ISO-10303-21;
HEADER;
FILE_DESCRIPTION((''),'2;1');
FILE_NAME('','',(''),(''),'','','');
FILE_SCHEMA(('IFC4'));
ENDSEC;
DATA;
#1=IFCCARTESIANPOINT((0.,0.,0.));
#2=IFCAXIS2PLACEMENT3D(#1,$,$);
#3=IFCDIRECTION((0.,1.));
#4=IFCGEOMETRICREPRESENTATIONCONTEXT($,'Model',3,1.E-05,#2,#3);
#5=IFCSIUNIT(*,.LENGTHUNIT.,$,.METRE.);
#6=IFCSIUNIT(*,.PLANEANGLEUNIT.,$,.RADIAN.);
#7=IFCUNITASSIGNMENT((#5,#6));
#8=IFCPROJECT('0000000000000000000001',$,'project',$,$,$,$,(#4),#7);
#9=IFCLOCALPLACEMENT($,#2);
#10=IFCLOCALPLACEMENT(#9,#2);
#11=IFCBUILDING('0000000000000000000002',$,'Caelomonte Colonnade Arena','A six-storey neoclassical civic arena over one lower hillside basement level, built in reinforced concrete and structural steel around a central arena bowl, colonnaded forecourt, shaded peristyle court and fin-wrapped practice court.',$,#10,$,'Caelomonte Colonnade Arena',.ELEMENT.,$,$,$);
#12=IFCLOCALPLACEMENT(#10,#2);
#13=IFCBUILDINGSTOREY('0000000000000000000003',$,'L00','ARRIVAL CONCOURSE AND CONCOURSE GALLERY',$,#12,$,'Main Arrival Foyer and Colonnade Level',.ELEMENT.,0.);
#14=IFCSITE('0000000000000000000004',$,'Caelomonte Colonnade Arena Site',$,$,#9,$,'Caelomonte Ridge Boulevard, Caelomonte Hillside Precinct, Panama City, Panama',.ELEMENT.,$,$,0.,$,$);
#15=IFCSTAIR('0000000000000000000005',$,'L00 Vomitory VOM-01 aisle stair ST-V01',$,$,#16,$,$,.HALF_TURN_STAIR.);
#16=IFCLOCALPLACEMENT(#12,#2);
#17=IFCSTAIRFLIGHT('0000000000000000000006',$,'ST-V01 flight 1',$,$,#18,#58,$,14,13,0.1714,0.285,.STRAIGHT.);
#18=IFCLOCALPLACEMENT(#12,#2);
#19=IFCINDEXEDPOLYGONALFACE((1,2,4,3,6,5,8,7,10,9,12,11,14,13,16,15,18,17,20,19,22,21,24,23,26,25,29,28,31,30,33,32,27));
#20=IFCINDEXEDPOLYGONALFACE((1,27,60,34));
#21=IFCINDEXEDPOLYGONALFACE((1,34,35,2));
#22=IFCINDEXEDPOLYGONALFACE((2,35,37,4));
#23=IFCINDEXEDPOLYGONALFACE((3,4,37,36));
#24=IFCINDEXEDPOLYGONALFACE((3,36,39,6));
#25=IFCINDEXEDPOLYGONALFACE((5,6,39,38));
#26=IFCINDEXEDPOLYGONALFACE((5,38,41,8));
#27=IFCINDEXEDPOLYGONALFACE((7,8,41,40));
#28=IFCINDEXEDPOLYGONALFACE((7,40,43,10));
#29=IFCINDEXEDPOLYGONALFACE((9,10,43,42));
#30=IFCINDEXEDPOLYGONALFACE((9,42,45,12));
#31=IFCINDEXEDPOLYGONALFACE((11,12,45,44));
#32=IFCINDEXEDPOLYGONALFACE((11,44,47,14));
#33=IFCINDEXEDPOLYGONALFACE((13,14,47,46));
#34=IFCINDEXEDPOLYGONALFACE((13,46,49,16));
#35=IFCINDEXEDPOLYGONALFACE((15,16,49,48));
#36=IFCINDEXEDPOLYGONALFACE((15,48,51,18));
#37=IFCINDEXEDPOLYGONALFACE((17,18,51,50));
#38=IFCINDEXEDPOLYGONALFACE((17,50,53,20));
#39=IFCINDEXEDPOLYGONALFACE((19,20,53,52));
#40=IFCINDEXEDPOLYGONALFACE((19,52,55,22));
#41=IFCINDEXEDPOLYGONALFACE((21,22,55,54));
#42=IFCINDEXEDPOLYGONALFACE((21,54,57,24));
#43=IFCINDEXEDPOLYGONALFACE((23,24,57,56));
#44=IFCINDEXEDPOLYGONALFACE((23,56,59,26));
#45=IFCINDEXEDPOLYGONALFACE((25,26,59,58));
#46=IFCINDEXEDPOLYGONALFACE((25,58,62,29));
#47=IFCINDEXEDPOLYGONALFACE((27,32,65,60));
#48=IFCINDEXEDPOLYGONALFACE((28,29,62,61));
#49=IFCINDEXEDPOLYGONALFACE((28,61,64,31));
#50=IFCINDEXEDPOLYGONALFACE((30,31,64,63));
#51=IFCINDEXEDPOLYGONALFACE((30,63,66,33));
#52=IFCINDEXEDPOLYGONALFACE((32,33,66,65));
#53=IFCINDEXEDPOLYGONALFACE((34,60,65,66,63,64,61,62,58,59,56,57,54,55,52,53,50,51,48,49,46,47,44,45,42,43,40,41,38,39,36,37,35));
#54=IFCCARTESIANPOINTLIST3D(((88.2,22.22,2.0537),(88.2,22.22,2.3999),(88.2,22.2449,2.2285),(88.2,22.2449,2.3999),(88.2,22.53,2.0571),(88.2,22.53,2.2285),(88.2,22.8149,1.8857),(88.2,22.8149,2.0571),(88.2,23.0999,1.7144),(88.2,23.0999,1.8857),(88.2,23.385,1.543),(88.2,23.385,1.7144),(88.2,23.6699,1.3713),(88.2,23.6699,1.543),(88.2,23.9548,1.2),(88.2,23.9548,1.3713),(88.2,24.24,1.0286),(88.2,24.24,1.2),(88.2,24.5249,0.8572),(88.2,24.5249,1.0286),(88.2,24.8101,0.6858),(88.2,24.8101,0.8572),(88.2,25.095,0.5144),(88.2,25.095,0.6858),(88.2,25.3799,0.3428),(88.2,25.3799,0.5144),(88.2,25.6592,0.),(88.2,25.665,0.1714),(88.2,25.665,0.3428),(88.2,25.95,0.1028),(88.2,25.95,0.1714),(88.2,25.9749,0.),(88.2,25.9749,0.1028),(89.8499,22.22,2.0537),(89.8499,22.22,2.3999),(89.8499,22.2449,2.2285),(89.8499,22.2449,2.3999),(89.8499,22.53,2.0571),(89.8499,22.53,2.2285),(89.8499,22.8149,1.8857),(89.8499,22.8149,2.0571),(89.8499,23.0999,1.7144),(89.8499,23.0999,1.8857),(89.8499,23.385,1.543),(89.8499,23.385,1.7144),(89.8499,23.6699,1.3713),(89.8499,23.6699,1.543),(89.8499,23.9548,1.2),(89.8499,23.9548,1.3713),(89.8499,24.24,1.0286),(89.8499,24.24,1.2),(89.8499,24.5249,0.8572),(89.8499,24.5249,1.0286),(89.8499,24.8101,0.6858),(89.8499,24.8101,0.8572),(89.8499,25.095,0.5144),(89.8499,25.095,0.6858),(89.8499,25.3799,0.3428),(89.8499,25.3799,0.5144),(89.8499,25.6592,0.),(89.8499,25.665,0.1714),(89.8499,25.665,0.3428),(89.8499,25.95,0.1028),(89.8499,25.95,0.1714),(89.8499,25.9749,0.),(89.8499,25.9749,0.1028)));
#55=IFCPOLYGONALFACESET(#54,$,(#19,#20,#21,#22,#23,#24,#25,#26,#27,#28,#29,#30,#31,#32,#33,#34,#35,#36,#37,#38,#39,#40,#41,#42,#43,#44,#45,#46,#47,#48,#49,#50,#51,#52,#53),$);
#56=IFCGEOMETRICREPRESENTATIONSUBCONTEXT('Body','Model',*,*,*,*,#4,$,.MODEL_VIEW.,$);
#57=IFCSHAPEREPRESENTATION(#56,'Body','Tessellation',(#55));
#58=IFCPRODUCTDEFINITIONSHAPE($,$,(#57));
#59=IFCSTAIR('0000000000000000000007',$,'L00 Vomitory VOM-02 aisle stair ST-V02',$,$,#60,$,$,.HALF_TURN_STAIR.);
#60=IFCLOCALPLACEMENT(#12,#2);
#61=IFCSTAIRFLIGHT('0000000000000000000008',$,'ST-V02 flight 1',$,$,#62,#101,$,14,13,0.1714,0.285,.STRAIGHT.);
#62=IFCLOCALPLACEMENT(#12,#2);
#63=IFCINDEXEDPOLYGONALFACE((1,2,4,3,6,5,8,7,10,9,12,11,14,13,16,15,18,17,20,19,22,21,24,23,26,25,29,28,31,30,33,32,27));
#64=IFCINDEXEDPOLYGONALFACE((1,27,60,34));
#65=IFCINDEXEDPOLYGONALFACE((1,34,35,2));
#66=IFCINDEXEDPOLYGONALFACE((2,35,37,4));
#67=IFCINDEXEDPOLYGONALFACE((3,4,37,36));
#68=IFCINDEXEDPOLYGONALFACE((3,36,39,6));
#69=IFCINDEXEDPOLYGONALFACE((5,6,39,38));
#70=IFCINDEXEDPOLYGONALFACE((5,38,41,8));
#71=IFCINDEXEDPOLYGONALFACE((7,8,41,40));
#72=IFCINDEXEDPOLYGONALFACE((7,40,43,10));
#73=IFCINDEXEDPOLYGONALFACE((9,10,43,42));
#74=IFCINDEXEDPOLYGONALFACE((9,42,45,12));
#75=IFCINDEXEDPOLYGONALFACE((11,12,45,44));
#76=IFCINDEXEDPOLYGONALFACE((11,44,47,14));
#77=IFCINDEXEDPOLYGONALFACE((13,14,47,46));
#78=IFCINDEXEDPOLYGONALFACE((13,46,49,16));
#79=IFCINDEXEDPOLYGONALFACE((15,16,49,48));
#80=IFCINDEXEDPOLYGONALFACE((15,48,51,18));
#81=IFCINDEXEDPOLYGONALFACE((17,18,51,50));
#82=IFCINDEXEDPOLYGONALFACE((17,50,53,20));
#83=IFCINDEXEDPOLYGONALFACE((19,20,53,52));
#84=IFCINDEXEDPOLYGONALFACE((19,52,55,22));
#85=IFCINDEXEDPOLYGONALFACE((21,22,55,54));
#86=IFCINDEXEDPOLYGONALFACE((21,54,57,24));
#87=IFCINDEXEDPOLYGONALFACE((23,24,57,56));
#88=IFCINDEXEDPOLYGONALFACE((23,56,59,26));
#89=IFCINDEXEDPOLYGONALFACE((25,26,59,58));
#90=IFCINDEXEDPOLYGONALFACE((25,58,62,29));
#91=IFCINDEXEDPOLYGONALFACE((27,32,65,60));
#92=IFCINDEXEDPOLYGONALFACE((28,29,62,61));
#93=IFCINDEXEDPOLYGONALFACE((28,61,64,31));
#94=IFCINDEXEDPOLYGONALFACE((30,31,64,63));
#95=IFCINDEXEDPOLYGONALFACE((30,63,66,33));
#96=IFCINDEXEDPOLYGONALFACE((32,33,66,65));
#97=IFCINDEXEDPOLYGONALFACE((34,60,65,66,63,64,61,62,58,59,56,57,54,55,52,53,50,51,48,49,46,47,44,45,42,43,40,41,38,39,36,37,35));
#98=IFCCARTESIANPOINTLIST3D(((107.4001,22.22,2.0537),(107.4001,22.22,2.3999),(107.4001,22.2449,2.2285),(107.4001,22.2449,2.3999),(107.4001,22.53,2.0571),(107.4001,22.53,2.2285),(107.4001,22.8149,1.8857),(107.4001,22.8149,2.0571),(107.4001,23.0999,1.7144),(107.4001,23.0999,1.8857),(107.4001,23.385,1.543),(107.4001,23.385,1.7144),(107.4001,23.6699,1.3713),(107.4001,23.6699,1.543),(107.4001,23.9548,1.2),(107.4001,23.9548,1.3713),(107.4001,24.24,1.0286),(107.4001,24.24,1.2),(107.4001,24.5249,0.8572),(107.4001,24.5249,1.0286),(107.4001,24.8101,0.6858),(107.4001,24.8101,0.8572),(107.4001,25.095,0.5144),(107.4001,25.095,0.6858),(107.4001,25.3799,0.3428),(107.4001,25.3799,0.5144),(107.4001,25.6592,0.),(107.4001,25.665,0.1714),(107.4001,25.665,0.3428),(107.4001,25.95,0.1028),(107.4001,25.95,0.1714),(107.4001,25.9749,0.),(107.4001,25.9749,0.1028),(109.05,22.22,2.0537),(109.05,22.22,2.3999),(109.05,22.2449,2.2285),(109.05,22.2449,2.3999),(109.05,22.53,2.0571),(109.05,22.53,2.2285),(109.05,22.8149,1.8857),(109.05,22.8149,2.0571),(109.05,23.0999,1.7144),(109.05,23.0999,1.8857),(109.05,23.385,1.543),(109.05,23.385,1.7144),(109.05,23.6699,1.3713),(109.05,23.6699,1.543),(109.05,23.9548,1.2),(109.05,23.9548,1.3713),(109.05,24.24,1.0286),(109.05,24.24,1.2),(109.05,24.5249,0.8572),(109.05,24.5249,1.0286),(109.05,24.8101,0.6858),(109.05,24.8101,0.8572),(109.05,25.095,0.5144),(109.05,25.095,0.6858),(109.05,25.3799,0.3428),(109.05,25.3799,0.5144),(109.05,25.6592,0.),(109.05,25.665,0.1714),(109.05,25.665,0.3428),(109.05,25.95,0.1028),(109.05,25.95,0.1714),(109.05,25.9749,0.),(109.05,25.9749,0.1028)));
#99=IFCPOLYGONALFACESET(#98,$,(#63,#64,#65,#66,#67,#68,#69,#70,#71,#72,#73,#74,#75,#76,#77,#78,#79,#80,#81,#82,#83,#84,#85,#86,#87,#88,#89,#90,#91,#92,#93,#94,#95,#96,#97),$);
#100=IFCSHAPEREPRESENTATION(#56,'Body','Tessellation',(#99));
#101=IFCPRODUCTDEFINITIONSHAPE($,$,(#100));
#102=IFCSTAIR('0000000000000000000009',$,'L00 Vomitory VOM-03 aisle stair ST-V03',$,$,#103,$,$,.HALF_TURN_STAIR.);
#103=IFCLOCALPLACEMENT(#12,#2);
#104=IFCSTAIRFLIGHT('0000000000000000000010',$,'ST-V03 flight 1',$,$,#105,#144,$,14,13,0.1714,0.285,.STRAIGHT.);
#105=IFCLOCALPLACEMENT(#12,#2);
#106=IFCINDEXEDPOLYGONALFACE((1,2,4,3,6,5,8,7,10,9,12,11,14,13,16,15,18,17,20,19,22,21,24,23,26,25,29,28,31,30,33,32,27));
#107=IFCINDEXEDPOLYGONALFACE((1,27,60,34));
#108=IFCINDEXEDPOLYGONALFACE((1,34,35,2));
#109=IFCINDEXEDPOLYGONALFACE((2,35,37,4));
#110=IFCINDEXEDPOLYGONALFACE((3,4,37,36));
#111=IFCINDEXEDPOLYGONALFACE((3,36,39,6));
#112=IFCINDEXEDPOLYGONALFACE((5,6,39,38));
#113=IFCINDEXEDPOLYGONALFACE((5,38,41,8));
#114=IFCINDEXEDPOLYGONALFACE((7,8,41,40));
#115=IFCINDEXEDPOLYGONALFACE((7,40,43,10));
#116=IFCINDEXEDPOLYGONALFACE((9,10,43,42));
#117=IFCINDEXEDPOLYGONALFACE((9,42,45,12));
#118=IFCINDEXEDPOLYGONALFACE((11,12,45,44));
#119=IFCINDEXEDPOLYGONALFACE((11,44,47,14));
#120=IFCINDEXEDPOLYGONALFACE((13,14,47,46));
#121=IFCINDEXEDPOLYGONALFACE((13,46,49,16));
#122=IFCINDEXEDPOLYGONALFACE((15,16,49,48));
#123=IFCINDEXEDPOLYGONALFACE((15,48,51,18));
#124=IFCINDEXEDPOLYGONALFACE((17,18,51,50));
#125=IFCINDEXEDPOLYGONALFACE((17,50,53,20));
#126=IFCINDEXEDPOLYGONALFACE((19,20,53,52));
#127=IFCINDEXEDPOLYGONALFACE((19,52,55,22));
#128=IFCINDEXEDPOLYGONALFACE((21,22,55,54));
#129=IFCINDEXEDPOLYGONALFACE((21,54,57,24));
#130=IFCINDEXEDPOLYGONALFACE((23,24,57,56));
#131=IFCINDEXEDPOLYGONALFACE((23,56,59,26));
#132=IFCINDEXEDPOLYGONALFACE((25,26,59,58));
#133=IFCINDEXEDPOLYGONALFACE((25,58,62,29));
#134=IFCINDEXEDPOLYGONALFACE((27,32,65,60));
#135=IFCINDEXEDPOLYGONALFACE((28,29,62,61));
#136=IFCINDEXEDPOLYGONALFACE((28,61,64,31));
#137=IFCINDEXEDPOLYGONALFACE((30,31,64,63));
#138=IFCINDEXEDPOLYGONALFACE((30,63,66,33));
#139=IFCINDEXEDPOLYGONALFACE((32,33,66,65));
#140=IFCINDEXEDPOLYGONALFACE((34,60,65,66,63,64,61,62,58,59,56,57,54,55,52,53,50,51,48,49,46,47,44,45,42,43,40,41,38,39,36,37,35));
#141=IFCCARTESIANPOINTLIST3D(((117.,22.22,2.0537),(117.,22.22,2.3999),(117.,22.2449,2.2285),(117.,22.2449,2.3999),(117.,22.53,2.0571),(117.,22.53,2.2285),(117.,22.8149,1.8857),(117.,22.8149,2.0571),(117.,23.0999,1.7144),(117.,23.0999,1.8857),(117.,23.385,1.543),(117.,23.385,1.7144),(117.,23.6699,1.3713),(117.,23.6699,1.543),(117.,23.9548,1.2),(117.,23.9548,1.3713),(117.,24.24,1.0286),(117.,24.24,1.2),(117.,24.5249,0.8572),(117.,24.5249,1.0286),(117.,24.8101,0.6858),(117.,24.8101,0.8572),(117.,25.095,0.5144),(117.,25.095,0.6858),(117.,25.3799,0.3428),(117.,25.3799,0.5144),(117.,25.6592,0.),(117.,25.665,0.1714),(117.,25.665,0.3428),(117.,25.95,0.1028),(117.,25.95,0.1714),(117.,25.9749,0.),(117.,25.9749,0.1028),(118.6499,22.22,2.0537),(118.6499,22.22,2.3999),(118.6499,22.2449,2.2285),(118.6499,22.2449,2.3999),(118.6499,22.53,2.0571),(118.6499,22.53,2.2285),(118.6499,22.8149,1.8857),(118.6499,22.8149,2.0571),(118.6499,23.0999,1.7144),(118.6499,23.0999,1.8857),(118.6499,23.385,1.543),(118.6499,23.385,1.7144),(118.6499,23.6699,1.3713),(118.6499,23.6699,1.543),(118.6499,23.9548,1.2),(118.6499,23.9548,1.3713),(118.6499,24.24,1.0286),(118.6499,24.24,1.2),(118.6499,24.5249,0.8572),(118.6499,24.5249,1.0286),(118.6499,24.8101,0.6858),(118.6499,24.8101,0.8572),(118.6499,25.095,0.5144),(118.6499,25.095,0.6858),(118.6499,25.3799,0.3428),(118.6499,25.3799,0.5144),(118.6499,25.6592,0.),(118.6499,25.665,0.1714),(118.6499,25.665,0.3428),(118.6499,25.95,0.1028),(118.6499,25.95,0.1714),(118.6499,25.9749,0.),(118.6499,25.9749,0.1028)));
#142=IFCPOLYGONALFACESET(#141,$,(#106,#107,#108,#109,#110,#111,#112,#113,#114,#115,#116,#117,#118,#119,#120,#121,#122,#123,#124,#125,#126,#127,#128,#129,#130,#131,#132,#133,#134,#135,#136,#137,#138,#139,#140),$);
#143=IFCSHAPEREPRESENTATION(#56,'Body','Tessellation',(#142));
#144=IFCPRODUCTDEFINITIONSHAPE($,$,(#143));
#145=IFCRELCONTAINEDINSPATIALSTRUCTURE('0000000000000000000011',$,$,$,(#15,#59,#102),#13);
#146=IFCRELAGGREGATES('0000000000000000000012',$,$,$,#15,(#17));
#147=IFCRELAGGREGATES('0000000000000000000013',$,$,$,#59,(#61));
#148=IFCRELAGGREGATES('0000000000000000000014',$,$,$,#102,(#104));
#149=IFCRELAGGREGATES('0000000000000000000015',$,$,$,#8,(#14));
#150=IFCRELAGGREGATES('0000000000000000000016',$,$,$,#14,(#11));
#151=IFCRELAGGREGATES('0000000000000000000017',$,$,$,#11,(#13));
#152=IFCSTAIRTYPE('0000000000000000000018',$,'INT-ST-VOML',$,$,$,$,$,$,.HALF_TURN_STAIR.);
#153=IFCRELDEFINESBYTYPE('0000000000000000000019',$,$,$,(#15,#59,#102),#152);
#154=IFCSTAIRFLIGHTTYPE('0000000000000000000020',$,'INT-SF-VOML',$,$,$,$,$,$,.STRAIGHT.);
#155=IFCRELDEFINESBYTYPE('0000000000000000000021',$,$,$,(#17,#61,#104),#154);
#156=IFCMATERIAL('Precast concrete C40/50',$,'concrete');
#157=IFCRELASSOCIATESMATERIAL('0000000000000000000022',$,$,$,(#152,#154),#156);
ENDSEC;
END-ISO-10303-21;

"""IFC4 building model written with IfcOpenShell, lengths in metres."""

from ifc_helpers import new_model, si_unit, direction, frame, origin, place, context, subcontext, project, spatial, polyline, outline, extrude, material, type_object, element, aggregate, save


model = new_model("IFC4")

# Units and contexts
model_context = context("Model", 3, precision=1e-05, world=origin(), true_north=direction((0.0, 1.0)))
body_context = subcontext(model_context, "Body", "Model", "MODEL_VIEW")
ifc_project = project(units=[si_unit("LENGTHUNIT", "METRE"), si_unit("PLANEANGLEUNIT", "RADIAN")], contexts=[model_context])

# Site, building, storey
site_placement = place(None, origin())
site = spatial("IfcSite", under=ifc_project, at=site_placement, Name="Caelomonte Colonnade Arena Site", LongName="Caelomonte Ridge Boulevard, Caelomonte Hillside Precinct, Panama City, Panama", CompositionType="ELEMENT", RefElevation=0.0)
building_placement = place(site_placement, origin())
building = spatial("IfcBuilding", under=site, at=building_placement, Name="Caelomonte Colonnade Arena", Description="A six-storey neoclassical civic arena over one lower hillside basement level, built in reinforced concrete and structural steel around a central arena bowl, colonnaded forecourt, shaded peristyle court and fin-wrapped practice court.", LongName="Caelomonte Colonnade Arena", CompositionType="ELEMENT")
storey_placement = place(building_placement, origin())
storey = spatial("IfcBuildingStorey", under=building, at=storey_placement, Name="L00", Description="ARRIVAL CONCOURSE AND CONCOURSE GALLERY", LongName="Main Arrival Foyer and Colonnade Level", CompositionType="ELEMENT", Elevation=0.0)

# Stairs, stair flights
ifc_material_1 = material(Name="Precast concrete C40/50", Category="concrete")
stair_type_1 = type_object("IfcStairType", Name="INT-ST-VOML", PredefinedType="HALF_TURN_STAIR", material=ifc_material_1)
stair_1_placement = place(storey_placement, origin())
stair_1 = element("IfcStair", 1, at=stair_1_placement, inside=storey, type_object=stair_type_1, Name="L00 Vomitory VOM-01 aisle stair ST-V01", PredefinedType="HALF_TURN_STAIR")
stair_flight_type_1 = type_object("IfcStairFlightType", Name="INT-SF-VOML", PredefinedType="STRAIGHT", material=ifc_material_1)
stair_flight_1_placement = place(storey_placement, frame((89.0249, 25.95, 0.0), z_axis=(0.0, 0.0, 1.0), x_axis=(0.0, -1.0, 0.0)))
stair_flight_1 = element("IfcStairFlight", 2, at=stair_flight_1_placement, type_object=stair_flight_type_1, Name="ST-V01 flight 1", NumberOfRisers=14, NumberOfTreads=13, PredefinedType="STRAIGHT", RiserHeight=0.1714, TreadLength=0.285, context=body_context, shape_type="SweptSolid", body=[
    extrude(outline(polyline([(-0.0249, 0.0), (-0.0249, 0.1028), (0.0, 0.1028), (0.0, 0.1714), (0.2849, 0.1714), (0.2849, 0.3428), (0.5701, 0.3428), (0.5701, 0.5144), (0.855, 0.5144), (0.855, 0.6858), (1.1399, 0.6858), (1.1399, 0.8572), (1.425, 0.8572), (1.425, 1.0286), (1.71, 1.0286), (1.71, 1.2), (1.9951, 1.2), (1.9951, 1.3713), (2.28, 1.3713), (2.28, 1.543), (2.5649, 1.543), (2.5649, 1.7144), (2.8501, 1.7144), (2.8501, 1.8857), (3.135, 1.8857), (3.135, 2.0571), (3.4199, 2.0571), (3.4199, 2.2285), (3.7051, 2.2285), (3.7051, 2.3999), (3.73, 2.3999), (3.73, 2.0537), (0.2908, 0.0), (-0.0249, 0.0)])), frame((0.0, 0.825, 0.0), z_axis=(0.0, -1.0, 0.0), x_axis=(1.0, 0.0, 0.0)), (0.0, 0.0, 1.0), 1.6499),
])
aggregate(stair_1, [stair_flight_1])
stair_2_placement = place(storey_placement, origin())
stair_2 = element("IfcStair", 3, at=stair_2_placement, inside=storey, type_object=stair_type_1, Name="L00 Vomitory VOM-02 aisle stair ST-V02", PredefinedType="HALF_TURN_STAIR")
stair_flight_2_placement = place(storey_placement, frame((108.2251, 25.95, 0.0), z_axis=(0.0, 0.0, 1.0), x_axis=(0.0, -1.0, 0.0)))
stair_flight_2 = element("IfcStairFlight", 4, at=stair_flight_2_placement, type_object=stair_flight_type_1, Name="ST-V02 flight 1", NumberOfRisers=14, NumberOfTreads=13, PredefinedType="STRAIGHT", RiserHeight=0.1714, TreadLength=0.285, context=body_context, shape_type="SweptSolid", body=[
    extrude(outline(polyline([(-0.0249, 0.0), (-0.0249, 0.1028), (0.0, 0.1028), (0.0, 0.1714), (0.2849, 0.1714), (0.2849, 0.3428), (0.5701, 0.3428), (0.5701, 0.5144), (0.855, 0.5144), (0.855, 0.6858), (1.1399, 0.6858), (1.1399, 0.8572), (1.425, 0.8572), (1.425, 1.0286), (1.71, 1.0286), (1.71, 1.2), (1.9951, 1.2), (1.9951, 1.3713), (2.28, 1.3713), (2.28, 1.543), (2.5649, 1.543), (2.5649, 1.7144), (2.8501, 1.7144), (2.8501, 1.8857), (3.135, 1.8857), (3.135, 2.0571), (3.4199, 2.0571), (3.4199, 2.2285), (3.7051, 2.2285), (3.7051, 2.3999), (3.73, 2.3999), (3.73, 2.0537), (0.2908, 0.0), (-0.0249, 0.0)])), frame((0.0, 0.825, 0.0), z_axis=(0.0, -1.0, 0.0), x_axis=(1.0, 0.0, 0.0)), (0.0, 0.0, 1.0), 1.6499),
])
aggregate(stair_2, [stair_flight_2])
stair_3_placement = place(storey_placement, origin())
stair_3 = element("IfcStair", 5, at=stair_3_placement, inside=storey, type_object=stair_type_1, Name="L00 Vomitory VOM-03 aisle stair ST-V03", PredefinedType="HALF_TURN_STAIR")
stair_flight_3_placement = place(storey_placement, frame((117.825, 25.95, 0.0), z_axis=(0.0, 0.0, 1.0), x_axis=(0.0, -1.0, 0.0)))
stair_flight_3 = element("IfcStairFlight", 6, at=stair_flight_3_placement, type_object=stair_flight_type_1, Name="ST-V03 flight 1", NumberOfRisers=14, NumberOfTreads=13, PredefinedType="STRAIGHT", RiserHeight=0.1714, TreadLength=0.285, context=body_context, shape_type="SweptSolid", body=[
    extrude(outline(polyline([(-0.0249, 0.0), (-0.0249, 0.1028), (0.0, 0.1028), (0.0, 0.1714), (0.2849, 0.1714), (0.2849, 0.3428), (0.5701, 0.3428), (0.5701, 0.5144), (0.855, 0.5144), (0.855, 0.6858), (1.1399, 0.6858), (1.1399, 0.8572), (1.425, 0.8572), (1.425, 1.0286), (1.71, 1.0286), (1.71, 1.2), (1.9951, 1.2), (1.9951, 1.3713), (2.28, 1.3713), (2.28, 1.543), (2.5649, 1.543), (2.5649, 1.7144), (2.8501, 1.7144), (2.8501, 1.8857), (3.135, 1.8857), (3.135, 2.0571), (3.4199, 2.0571), (3.4199, 2.2285), (3.7051, 2.2285), (3.7051, 2.3999), (3.73, 2.3999), (3.73, 2.0537), (0.2908, 0.0), (-0.0249, 0.0)])), frame((0.0, 0.825, 0.0), z_axis=(0.0, -1.0, 0.0), x_axis=(1.0, 0.0, 0.0)), (0.0, 0.0, 1.0), 1.6499),
])
aggregate(stair_3, [stair_flight_3])

save(model, "model.ifc")
